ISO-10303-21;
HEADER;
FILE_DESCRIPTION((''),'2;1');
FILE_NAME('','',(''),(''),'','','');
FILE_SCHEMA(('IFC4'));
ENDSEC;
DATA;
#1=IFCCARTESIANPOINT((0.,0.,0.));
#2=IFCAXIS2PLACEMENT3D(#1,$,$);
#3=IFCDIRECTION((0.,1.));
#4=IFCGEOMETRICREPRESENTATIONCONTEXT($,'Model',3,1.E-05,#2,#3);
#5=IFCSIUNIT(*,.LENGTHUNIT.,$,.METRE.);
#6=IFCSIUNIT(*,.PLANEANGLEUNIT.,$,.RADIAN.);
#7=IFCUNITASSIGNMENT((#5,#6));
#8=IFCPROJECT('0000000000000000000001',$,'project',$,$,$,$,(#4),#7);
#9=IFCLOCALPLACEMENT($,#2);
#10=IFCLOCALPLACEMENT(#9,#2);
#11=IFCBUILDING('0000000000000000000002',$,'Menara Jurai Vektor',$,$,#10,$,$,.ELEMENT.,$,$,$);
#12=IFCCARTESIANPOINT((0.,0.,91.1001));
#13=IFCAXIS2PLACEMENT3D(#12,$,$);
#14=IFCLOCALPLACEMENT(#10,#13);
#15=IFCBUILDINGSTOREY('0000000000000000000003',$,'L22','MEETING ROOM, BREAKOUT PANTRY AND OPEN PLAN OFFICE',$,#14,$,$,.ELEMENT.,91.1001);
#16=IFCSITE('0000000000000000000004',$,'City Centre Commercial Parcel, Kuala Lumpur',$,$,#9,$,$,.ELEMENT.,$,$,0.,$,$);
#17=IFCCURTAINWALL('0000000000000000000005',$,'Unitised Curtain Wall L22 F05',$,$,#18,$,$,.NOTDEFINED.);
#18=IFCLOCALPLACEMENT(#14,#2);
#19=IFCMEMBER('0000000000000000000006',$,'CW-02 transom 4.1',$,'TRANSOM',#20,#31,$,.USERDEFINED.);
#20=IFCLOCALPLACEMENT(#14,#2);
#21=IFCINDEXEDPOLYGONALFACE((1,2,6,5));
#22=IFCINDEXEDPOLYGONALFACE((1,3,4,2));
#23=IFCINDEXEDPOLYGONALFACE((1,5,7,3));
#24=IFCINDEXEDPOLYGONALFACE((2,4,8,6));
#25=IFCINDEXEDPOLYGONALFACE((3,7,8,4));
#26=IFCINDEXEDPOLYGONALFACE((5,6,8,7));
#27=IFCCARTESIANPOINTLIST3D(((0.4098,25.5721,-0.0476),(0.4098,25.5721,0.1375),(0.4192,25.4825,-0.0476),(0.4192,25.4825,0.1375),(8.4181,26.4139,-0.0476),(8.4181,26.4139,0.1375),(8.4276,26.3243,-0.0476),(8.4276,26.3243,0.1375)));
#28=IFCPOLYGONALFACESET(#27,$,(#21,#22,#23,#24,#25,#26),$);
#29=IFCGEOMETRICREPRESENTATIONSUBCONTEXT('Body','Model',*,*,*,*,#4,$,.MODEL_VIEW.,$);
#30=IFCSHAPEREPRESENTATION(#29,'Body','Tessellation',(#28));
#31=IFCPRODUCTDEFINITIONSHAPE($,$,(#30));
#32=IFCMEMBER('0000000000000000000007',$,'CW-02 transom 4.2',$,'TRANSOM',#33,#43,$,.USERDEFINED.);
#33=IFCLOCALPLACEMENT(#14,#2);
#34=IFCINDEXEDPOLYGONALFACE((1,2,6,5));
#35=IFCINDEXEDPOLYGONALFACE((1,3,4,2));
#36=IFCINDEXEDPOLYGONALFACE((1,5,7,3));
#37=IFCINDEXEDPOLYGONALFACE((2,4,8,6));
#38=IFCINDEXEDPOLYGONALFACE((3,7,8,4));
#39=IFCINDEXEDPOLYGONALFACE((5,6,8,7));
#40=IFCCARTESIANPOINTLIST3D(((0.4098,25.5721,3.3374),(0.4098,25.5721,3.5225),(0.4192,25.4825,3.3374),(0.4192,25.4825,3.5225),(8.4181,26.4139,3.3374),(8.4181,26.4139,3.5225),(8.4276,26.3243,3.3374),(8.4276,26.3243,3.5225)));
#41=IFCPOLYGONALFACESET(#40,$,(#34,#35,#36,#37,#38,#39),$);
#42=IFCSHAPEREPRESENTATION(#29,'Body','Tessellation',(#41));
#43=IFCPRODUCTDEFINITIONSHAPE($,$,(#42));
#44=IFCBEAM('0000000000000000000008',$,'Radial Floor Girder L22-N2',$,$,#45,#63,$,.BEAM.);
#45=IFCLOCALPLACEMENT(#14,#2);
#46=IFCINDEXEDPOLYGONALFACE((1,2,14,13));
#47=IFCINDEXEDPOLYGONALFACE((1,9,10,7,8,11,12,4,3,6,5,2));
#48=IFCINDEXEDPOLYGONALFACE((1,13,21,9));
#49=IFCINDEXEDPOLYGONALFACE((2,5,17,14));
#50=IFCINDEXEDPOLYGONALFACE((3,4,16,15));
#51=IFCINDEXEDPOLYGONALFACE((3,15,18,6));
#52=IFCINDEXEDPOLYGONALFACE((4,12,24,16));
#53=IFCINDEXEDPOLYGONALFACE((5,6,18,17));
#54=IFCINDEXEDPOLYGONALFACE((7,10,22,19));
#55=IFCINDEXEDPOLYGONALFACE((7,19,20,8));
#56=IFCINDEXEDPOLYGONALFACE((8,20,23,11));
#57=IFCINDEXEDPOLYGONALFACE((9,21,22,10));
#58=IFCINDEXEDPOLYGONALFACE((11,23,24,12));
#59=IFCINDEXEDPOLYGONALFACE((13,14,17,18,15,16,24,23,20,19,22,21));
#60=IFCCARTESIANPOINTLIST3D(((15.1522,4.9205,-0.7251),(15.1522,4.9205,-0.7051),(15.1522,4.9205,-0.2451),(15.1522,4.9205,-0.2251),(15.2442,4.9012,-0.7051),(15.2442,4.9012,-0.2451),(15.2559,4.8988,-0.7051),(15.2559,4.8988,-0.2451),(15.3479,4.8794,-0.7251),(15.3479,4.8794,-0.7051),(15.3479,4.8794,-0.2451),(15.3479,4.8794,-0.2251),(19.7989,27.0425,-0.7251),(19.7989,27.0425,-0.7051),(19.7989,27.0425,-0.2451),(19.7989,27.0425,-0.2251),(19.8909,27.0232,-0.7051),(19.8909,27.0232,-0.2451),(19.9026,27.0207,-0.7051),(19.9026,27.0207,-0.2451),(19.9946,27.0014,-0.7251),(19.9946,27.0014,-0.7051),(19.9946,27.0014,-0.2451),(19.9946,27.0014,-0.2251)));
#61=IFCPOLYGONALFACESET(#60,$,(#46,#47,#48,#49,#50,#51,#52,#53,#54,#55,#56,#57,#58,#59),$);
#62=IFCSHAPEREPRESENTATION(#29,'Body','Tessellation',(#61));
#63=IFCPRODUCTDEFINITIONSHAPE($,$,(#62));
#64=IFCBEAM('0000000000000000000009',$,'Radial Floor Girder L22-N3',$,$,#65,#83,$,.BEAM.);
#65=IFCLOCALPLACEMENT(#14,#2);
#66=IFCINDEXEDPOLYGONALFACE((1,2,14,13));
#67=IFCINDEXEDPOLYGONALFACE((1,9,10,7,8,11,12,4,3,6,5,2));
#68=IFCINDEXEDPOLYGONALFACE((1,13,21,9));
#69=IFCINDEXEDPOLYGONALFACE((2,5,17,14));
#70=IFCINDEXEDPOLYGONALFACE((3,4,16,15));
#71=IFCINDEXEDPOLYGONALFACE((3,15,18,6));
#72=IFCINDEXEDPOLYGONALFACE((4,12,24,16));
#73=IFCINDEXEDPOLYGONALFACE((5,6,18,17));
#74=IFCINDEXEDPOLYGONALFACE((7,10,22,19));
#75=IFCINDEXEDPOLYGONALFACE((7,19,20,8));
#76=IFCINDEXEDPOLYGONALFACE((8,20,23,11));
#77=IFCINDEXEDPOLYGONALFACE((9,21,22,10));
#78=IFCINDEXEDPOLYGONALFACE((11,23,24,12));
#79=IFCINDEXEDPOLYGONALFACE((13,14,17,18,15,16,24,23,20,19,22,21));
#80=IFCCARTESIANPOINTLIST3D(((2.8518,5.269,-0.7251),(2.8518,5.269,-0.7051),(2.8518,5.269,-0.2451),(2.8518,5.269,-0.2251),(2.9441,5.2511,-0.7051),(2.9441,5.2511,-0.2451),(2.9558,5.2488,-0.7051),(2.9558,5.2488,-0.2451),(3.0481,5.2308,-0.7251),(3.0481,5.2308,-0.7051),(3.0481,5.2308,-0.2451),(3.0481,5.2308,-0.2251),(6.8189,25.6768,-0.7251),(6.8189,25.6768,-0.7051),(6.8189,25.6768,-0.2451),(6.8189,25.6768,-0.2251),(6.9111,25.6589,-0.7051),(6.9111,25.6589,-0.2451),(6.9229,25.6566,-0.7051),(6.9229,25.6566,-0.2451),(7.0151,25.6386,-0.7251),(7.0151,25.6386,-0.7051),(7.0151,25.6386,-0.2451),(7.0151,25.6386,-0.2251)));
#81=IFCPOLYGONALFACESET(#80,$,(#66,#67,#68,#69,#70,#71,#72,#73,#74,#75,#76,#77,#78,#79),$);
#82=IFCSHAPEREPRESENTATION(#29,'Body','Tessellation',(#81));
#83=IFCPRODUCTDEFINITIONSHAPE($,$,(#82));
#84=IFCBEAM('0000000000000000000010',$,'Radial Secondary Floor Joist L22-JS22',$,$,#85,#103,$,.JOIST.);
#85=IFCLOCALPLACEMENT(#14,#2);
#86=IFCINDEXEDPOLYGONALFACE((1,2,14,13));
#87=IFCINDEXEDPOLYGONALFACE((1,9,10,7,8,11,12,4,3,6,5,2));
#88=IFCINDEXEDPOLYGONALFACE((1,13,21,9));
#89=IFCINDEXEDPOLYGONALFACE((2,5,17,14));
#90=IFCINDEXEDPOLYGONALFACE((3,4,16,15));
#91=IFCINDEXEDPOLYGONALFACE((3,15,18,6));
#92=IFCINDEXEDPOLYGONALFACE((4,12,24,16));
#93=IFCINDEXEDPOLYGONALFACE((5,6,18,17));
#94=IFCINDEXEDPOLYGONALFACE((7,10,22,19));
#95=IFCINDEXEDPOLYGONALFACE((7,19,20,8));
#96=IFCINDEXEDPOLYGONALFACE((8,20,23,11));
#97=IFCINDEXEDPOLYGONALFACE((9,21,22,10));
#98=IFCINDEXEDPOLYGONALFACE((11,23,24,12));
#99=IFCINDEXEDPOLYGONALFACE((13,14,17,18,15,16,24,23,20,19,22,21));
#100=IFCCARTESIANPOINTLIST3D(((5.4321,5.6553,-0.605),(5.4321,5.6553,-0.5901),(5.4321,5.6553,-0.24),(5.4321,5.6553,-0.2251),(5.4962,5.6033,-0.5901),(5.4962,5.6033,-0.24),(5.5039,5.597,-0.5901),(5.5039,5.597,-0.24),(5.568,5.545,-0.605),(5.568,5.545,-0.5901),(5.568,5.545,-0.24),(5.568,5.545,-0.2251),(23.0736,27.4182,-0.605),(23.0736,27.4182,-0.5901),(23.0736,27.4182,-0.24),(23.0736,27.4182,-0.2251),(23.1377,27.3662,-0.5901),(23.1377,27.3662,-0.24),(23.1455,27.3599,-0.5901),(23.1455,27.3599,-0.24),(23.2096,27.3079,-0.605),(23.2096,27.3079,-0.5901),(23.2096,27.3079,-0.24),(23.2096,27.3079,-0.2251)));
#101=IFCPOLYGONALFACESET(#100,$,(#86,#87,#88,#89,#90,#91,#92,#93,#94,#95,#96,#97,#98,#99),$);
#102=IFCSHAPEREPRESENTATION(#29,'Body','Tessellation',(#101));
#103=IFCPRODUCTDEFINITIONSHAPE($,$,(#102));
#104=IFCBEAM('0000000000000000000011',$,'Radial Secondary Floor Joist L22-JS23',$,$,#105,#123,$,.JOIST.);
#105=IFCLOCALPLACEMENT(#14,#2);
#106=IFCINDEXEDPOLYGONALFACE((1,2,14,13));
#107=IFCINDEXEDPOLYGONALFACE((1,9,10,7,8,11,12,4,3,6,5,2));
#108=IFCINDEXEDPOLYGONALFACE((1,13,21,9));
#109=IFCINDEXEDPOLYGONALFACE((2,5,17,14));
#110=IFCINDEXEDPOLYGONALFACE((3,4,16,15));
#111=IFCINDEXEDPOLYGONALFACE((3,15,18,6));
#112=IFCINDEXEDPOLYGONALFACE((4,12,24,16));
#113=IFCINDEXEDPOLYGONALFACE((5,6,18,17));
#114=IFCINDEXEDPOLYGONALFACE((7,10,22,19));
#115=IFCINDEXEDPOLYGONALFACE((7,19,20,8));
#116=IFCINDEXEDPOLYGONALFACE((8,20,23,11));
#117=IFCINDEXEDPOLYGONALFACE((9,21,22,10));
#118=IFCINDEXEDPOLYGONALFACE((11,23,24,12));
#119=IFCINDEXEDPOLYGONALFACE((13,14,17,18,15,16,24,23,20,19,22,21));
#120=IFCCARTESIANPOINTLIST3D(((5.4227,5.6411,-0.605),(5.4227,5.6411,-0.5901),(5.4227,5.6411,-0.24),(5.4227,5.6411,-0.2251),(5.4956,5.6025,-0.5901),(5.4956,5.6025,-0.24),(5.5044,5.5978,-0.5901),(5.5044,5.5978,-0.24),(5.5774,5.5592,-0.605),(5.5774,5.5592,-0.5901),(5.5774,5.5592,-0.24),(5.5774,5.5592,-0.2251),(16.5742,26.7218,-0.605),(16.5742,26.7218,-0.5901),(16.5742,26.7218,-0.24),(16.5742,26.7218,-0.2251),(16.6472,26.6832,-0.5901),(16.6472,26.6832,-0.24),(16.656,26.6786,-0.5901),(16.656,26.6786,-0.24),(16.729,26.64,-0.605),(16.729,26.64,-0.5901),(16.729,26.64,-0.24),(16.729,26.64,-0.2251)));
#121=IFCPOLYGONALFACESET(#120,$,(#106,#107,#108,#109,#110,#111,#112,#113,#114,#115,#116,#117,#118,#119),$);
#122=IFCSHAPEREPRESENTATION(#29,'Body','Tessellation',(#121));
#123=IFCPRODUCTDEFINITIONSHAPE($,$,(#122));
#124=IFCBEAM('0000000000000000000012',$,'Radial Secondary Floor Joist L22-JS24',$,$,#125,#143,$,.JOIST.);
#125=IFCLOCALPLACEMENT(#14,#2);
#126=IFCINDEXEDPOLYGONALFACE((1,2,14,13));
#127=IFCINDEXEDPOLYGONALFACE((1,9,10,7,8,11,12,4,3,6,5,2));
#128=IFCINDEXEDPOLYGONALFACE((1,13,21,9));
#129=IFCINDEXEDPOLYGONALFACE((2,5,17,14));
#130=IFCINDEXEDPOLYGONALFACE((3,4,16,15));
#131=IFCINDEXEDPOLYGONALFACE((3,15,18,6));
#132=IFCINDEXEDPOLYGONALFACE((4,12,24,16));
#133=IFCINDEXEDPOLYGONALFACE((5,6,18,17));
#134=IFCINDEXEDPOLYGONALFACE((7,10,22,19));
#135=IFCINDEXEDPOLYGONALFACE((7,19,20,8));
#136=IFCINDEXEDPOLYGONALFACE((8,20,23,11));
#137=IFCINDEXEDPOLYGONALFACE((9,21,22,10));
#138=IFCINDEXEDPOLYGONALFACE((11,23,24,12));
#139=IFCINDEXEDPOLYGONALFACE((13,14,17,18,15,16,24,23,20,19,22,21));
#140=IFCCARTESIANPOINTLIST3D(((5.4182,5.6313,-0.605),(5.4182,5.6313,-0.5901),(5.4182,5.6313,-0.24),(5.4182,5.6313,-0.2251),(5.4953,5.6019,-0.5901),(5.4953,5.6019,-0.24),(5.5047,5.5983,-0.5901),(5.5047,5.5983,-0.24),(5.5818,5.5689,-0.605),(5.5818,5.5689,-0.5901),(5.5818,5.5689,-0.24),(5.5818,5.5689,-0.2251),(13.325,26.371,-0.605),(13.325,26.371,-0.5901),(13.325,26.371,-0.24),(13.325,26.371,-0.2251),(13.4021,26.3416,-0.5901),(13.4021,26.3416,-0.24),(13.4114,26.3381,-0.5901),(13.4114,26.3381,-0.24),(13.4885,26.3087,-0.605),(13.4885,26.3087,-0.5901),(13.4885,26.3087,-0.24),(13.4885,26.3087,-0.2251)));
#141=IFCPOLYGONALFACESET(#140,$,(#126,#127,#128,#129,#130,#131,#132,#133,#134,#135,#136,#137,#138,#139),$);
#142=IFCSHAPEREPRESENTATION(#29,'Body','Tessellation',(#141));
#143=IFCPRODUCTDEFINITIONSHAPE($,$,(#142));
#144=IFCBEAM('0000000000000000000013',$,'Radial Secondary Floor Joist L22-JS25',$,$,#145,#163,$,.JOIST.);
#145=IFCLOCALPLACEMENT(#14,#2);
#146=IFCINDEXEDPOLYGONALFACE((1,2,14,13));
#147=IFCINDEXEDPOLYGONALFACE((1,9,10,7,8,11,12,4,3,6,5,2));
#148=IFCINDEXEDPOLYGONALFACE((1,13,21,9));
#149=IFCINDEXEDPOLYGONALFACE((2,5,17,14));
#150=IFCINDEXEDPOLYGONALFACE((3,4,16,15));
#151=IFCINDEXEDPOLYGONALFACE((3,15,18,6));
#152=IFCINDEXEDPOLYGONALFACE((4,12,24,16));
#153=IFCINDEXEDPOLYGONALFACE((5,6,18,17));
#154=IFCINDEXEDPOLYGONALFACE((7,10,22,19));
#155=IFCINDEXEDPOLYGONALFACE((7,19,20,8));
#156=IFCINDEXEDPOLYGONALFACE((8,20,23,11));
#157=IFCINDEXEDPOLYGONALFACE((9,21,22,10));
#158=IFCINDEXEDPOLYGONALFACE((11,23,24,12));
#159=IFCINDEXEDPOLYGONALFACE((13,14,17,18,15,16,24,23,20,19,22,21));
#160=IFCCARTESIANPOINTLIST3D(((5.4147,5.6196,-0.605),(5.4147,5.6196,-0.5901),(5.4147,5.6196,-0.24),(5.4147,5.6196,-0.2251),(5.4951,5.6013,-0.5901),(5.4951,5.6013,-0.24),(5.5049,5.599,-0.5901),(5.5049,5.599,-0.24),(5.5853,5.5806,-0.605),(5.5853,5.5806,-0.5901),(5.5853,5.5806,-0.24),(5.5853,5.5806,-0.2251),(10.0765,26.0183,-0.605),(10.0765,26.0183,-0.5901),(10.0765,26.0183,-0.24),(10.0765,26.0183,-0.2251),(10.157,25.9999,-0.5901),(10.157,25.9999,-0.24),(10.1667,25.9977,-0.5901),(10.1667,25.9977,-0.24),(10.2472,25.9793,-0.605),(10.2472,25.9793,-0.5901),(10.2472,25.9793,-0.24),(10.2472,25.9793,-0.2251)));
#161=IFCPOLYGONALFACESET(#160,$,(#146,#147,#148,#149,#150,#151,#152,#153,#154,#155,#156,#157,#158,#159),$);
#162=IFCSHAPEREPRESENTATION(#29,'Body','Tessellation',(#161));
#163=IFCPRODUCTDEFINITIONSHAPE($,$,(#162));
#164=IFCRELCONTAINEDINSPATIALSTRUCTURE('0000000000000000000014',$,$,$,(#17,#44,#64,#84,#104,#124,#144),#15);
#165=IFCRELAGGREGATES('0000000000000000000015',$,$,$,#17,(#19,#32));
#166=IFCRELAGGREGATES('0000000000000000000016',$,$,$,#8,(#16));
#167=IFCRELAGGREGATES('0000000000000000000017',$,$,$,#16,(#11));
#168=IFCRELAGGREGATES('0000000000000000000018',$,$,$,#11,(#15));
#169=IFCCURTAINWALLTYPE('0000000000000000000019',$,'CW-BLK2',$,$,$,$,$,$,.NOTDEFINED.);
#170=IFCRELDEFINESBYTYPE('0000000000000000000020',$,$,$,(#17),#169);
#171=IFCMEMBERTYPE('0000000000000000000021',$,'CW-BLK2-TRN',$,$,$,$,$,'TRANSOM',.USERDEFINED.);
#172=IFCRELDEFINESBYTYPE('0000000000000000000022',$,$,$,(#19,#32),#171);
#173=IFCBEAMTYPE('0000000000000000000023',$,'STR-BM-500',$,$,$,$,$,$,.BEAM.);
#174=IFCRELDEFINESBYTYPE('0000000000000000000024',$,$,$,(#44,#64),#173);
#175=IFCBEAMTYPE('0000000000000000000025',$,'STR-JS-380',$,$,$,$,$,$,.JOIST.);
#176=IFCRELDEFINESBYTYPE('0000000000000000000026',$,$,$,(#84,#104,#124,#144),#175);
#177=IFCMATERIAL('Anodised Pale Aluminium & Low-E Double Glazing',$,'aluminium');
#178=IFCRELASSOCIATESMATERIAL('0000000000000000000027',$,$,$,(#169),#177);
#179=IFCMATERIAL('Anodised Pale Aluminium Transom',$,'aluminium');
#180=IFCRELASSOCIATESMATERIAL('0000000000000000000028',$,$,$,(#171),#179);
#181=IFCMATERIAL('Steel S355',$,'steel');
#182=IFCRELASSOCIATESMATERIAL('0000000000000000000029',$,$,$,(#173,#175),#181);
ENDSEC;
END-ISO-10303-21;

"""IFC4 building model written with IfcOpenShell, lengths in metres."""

from ifc_helpers import new_model, si_unit, direction, frame, origin, origin_2d, place, context, subcontext, project, spatial, rectangle, i_section, extrude, material, material_profile, profile_set, type_object, element, aggregate, save


model = new_model("IFC4")

# Units and contexts
model_context = context("Model", 3, precision=1e-05, world=origin(), true_north=direction((0.0, 1.0)))
body_context = subcontext(model_context, "Body", "Model", "MODEL_VIEW")
ifc_project = project(units=[si_unit("LENGTHUNIT", "METRE"), si_unit("PLANEANGLEUNIT", "RADIAN")], contexts=[model_context])

# Site, building, storey
site_placement = place(None, origin())
site = spatial("IfcSite", under=ifc_project, at=site_placement, Name="City Centre Commercial Parcel, Kuala Lumpur", CompositionType="ELEMENT", RefElevation=0.0)
building_placement = place(site_placement, origin())
building = spatial("IfcBuilding", under=site, at=building_placement, Name="Menara Jurai Vektor", CompositionType="ELEMENT")
storey_placement = place(building_placement, frame((0.0, 0.0, 91.1001)))
storey = spatial("IfcBuildingStorey", under=building, at=storey_placement, Name="L22", Description="MEETING ROOM, BREAKOUT PANTRY AND OPEN PLAN OFFICE", CompositionType="ELEMENT", Elevation=91.1001)

# Curtain wall, members
ifc_material_1 = material(Name="Anodised Pale Aluminium & Low-E Double Glazing", Category="aluminium")
curtain_wall_type = type_object("IfcCurtainWallType", Name="CW-BLK2", PredefinedType="NOTDEFINED", material=ifc_material_1)
curtain_wall_placement = place(storey_placement, origin())
curtain_wall = element("IfcCurtainWall", 1, at=curtain_wall_placement, inside=storey, type_object=curtain_wall_type, Name="Unitised Curtain Wall L22 F05", PredefinedType="NOTDEFINED")
ifc_material_2 = material(Name="Anodised Pale Aluminium Transom", Category="aluminium")
ifc_material_profile_1 = material_profile(ifc_material_2, rectangle(XDim=0.0901, YDim=0.1851, at=origin_2d()), Name="ALU TRN 90x185")
ifc_profile_set_1 = profile_set([ifc_material_profile_1], Name="Anodised Pale Aluminium Transom")
member_type_1 = type_object("IfcMemberType", Name="CW-BLK2-TRN", ElementType="TRANSOM", PredefinedType="USERDEFINED", material=ifc_profile_set_1)
member_1_placement = place(storey_placement, frame((8.4229, 26.3691, 0.0449), z_axis=(-0.994521, -0.10454, 0.0), x_axis=(0.10454, -0.994521, 0.0)))
member_1 = element("IfcMember", 2, at=member_1_placement, type_object=member_type_1, Name="CW-02 transom 4.1", ObjectType="TRANSOM", PredefinedType="USERDEFINED", context=body_context, shape_type="SweptSolid", body=[
    extrude(rectangle(XDim=0.0901, YDim=0.1851, at=origin_2d()), origin(), (0.0, 0.0, 1.0), 8.0525),
])
member_2_placement = place(storey_placement, frame((8.4229, 26.3691, 3.4299), z_axis=(-0.994521, -0.10454, 0.0), x_axis=(0.10454, -0.994521, 0.0)))
member_2 = element("IfcMember", 3, at=member_2_placement, type_object=member_type_1, Name="CW-02 transom 4.2", ObjectType="TRANSOM", PredefinedType="USERDEFINED", context=body_context, shape_type="SweptSolid", body=[
    extrude(rectangle(XDim=0.0901, YDim=0.1851, at=origin_2d()), origin(), (0.0, 0.0, 1.0), 8.0525),
])

# Beams
ifc_material_3 = material(Name="Steel S355", Category="steel")
ifc_material_profile_2 = material_profile(ifc_material_3, i_section(OverallWidth=0.2, OverallDepth=0.5, WebThickness=0.012, FlangeThickness=0.02, at=origin_2d()), Name="PG 500x200x96")
ifc_profile_set_2 = profile_set([ifc_material_profile_2], Name="Steel S355")
beam_type_1 = type_object("IfcBeamType", Name="STR-BM-500", PredefinedType="BEAM", material=ifc_profile_set_2)
beam_1_placement = place(storey_placement, frame((19.8967, 27.022, -0.4751), z_axis=(-0.205564, -0.978644, 0.0), x_axis=(0.978644, -0.205564, 0.0)))
element("IfcBeam", 4, at=beam_1_placement, inside=storey, type_object=beam_type_1, Name="Radial Floor Girder L22-N2", PredefinedType="BEAM", context=body_context, shape_type="SweptSolid", body=[
    extrude(i_section(OverallWidth=0.2, OverallDepth=0.5, WebThickness=0.012, FlangeThickness=0.02, at=origin_2d()), origin(), (0.0, 0.0, 1.0), 22.6047),
])
beam_2_placement = place(storey_placement, frame((6.917, 25.6577, -0.4751), z_axis=(-0.190817, -0.981626, 0.0), x_axis=(0.981626, -0.190817, 0.0)))
element("IfcBeam", 5, at=beam_2_placement, inside=storey, type_object=beam_type_1, Name="Radial Floor Girder L22-N3", PredefinedType="BEAM", context=body_context, shape_type="SweptSolid", body=[
    extrude(i_section(OverallWidth=0.2, OverallDepth=0.5, WebThickness=0.012, FlangeThickness=0.02, at=origin_2d()), origin(), (0.0, 0.0, 1.0), 20.7898),
])
ifc_material_profile_3 = material_profile(ifc_material_3, i_section(OverallWidth=0.175, OverallDepth=0.3799, WebThickness=0.01, FlangeThickness=0.0149, at=origin_2d()), Name="PG 380x175x58")
ifc_profile_set_3 = profile_set([ifc_material_profile_3], Name="Steel S355")
beam_type_2 = type_object("IfcBeamType", Name="STR-JS-380", PredefinedType="JOIST", material=ifc_profile_set_3)
beam_3_placement = place(storey_placement, frame((23.1416, 27.363, -0.415), z_axis=(-0.629715, -0.776826, 0.0), x_axis=(0.776826, -0.629715, 0.0)))
element("IfcBeam", 6, at=beam_3_placement, inside=storey, type_object=beam_type_2, Name="Radial Secondary Floor Joist L22-JS22", PredefinedType="JOIST", context=body_context, shape_type="SweptSolid", body=[
    extrude(i_section(OverallWidth=0.175, OverallDepth=0.3799, WebThickness=0.01, FlangeThickness=0.0149, at=origin_2d()), origin(), (0.0, 0.0, 1.0), 28.0151),
])
beam_4_placement = place(storey_placement, frame((16.6516, 26.6809, -0.415), z_axis=(-0.467599, -0.883941, 0.0), x_axis=(0.883941, -0.467599, 0.0)))
element("IfcBeam", 7, at=beam_4_placement, inside=storey, type_object=beam_type_2, Name="Radial Secondary Floor Joist L22-JS23", PredefinedType="JOIST", context=body_context, shape_type="SweptSolid", body=[
    extrude(i_section(OverallWidth=0.175, OverallDepth=0.3799, WebThickness=0.01, FlangeThickness=0.0149, at=origin_2d()), origin(), (0.0, 0.0, 1.0), 23.8486),
])
beam_5_placement = place(storey_placement, frame((13.4067, 26.3398, -0.415), z_axis=(-0.356227, -0.9344, 0.0), x_axis=(0.9344, -0.356227, 0.0)))
element("IfcBeam", 8, at=beam_5_placement, inside=storey, type_object=beam_type_2, Name="Radial Secondary Floor Joist L22-JS24", PredefinedType="JOIST", context=body_context, shape_type="SweptSolid", body=[
    extrude(i_section(OverallWidth=0.175, OverallDepth=0.3799, WebThickness=0.01, FlangeThickness=0.0149, at=origin_2d()), origin(), (0.0, 0.0, 1.0), 22.1958),
])
beam_6_placement = place(storey_placement, frame((10.1619, 25.9988, -0.415), z_axis=(-0.222793, -0.974866, 0.0), x_axis=(0.974866, -0.222793, 0.0)))
element("IfcBeam", 9, at=beam_6_placement, inside=storey, type_object=beam_type_2, Name="Radial Secondary Floor Joist L22-JS25", PredefinedType="JOIST", context=body_context, shape_type="SweptSolid", body=[
    extrude(i_section(OverallWidth=0.175, OverallDepth=0.3799, WebThickness=0.01, FlangeThickness=0.0149, at=origin_2d()), origin(), (0.0, 0.0, 1.0), 20.9246),
])

aggregate(curtain_wall, [member_1, member_2])

save(model, "model.ifc")
